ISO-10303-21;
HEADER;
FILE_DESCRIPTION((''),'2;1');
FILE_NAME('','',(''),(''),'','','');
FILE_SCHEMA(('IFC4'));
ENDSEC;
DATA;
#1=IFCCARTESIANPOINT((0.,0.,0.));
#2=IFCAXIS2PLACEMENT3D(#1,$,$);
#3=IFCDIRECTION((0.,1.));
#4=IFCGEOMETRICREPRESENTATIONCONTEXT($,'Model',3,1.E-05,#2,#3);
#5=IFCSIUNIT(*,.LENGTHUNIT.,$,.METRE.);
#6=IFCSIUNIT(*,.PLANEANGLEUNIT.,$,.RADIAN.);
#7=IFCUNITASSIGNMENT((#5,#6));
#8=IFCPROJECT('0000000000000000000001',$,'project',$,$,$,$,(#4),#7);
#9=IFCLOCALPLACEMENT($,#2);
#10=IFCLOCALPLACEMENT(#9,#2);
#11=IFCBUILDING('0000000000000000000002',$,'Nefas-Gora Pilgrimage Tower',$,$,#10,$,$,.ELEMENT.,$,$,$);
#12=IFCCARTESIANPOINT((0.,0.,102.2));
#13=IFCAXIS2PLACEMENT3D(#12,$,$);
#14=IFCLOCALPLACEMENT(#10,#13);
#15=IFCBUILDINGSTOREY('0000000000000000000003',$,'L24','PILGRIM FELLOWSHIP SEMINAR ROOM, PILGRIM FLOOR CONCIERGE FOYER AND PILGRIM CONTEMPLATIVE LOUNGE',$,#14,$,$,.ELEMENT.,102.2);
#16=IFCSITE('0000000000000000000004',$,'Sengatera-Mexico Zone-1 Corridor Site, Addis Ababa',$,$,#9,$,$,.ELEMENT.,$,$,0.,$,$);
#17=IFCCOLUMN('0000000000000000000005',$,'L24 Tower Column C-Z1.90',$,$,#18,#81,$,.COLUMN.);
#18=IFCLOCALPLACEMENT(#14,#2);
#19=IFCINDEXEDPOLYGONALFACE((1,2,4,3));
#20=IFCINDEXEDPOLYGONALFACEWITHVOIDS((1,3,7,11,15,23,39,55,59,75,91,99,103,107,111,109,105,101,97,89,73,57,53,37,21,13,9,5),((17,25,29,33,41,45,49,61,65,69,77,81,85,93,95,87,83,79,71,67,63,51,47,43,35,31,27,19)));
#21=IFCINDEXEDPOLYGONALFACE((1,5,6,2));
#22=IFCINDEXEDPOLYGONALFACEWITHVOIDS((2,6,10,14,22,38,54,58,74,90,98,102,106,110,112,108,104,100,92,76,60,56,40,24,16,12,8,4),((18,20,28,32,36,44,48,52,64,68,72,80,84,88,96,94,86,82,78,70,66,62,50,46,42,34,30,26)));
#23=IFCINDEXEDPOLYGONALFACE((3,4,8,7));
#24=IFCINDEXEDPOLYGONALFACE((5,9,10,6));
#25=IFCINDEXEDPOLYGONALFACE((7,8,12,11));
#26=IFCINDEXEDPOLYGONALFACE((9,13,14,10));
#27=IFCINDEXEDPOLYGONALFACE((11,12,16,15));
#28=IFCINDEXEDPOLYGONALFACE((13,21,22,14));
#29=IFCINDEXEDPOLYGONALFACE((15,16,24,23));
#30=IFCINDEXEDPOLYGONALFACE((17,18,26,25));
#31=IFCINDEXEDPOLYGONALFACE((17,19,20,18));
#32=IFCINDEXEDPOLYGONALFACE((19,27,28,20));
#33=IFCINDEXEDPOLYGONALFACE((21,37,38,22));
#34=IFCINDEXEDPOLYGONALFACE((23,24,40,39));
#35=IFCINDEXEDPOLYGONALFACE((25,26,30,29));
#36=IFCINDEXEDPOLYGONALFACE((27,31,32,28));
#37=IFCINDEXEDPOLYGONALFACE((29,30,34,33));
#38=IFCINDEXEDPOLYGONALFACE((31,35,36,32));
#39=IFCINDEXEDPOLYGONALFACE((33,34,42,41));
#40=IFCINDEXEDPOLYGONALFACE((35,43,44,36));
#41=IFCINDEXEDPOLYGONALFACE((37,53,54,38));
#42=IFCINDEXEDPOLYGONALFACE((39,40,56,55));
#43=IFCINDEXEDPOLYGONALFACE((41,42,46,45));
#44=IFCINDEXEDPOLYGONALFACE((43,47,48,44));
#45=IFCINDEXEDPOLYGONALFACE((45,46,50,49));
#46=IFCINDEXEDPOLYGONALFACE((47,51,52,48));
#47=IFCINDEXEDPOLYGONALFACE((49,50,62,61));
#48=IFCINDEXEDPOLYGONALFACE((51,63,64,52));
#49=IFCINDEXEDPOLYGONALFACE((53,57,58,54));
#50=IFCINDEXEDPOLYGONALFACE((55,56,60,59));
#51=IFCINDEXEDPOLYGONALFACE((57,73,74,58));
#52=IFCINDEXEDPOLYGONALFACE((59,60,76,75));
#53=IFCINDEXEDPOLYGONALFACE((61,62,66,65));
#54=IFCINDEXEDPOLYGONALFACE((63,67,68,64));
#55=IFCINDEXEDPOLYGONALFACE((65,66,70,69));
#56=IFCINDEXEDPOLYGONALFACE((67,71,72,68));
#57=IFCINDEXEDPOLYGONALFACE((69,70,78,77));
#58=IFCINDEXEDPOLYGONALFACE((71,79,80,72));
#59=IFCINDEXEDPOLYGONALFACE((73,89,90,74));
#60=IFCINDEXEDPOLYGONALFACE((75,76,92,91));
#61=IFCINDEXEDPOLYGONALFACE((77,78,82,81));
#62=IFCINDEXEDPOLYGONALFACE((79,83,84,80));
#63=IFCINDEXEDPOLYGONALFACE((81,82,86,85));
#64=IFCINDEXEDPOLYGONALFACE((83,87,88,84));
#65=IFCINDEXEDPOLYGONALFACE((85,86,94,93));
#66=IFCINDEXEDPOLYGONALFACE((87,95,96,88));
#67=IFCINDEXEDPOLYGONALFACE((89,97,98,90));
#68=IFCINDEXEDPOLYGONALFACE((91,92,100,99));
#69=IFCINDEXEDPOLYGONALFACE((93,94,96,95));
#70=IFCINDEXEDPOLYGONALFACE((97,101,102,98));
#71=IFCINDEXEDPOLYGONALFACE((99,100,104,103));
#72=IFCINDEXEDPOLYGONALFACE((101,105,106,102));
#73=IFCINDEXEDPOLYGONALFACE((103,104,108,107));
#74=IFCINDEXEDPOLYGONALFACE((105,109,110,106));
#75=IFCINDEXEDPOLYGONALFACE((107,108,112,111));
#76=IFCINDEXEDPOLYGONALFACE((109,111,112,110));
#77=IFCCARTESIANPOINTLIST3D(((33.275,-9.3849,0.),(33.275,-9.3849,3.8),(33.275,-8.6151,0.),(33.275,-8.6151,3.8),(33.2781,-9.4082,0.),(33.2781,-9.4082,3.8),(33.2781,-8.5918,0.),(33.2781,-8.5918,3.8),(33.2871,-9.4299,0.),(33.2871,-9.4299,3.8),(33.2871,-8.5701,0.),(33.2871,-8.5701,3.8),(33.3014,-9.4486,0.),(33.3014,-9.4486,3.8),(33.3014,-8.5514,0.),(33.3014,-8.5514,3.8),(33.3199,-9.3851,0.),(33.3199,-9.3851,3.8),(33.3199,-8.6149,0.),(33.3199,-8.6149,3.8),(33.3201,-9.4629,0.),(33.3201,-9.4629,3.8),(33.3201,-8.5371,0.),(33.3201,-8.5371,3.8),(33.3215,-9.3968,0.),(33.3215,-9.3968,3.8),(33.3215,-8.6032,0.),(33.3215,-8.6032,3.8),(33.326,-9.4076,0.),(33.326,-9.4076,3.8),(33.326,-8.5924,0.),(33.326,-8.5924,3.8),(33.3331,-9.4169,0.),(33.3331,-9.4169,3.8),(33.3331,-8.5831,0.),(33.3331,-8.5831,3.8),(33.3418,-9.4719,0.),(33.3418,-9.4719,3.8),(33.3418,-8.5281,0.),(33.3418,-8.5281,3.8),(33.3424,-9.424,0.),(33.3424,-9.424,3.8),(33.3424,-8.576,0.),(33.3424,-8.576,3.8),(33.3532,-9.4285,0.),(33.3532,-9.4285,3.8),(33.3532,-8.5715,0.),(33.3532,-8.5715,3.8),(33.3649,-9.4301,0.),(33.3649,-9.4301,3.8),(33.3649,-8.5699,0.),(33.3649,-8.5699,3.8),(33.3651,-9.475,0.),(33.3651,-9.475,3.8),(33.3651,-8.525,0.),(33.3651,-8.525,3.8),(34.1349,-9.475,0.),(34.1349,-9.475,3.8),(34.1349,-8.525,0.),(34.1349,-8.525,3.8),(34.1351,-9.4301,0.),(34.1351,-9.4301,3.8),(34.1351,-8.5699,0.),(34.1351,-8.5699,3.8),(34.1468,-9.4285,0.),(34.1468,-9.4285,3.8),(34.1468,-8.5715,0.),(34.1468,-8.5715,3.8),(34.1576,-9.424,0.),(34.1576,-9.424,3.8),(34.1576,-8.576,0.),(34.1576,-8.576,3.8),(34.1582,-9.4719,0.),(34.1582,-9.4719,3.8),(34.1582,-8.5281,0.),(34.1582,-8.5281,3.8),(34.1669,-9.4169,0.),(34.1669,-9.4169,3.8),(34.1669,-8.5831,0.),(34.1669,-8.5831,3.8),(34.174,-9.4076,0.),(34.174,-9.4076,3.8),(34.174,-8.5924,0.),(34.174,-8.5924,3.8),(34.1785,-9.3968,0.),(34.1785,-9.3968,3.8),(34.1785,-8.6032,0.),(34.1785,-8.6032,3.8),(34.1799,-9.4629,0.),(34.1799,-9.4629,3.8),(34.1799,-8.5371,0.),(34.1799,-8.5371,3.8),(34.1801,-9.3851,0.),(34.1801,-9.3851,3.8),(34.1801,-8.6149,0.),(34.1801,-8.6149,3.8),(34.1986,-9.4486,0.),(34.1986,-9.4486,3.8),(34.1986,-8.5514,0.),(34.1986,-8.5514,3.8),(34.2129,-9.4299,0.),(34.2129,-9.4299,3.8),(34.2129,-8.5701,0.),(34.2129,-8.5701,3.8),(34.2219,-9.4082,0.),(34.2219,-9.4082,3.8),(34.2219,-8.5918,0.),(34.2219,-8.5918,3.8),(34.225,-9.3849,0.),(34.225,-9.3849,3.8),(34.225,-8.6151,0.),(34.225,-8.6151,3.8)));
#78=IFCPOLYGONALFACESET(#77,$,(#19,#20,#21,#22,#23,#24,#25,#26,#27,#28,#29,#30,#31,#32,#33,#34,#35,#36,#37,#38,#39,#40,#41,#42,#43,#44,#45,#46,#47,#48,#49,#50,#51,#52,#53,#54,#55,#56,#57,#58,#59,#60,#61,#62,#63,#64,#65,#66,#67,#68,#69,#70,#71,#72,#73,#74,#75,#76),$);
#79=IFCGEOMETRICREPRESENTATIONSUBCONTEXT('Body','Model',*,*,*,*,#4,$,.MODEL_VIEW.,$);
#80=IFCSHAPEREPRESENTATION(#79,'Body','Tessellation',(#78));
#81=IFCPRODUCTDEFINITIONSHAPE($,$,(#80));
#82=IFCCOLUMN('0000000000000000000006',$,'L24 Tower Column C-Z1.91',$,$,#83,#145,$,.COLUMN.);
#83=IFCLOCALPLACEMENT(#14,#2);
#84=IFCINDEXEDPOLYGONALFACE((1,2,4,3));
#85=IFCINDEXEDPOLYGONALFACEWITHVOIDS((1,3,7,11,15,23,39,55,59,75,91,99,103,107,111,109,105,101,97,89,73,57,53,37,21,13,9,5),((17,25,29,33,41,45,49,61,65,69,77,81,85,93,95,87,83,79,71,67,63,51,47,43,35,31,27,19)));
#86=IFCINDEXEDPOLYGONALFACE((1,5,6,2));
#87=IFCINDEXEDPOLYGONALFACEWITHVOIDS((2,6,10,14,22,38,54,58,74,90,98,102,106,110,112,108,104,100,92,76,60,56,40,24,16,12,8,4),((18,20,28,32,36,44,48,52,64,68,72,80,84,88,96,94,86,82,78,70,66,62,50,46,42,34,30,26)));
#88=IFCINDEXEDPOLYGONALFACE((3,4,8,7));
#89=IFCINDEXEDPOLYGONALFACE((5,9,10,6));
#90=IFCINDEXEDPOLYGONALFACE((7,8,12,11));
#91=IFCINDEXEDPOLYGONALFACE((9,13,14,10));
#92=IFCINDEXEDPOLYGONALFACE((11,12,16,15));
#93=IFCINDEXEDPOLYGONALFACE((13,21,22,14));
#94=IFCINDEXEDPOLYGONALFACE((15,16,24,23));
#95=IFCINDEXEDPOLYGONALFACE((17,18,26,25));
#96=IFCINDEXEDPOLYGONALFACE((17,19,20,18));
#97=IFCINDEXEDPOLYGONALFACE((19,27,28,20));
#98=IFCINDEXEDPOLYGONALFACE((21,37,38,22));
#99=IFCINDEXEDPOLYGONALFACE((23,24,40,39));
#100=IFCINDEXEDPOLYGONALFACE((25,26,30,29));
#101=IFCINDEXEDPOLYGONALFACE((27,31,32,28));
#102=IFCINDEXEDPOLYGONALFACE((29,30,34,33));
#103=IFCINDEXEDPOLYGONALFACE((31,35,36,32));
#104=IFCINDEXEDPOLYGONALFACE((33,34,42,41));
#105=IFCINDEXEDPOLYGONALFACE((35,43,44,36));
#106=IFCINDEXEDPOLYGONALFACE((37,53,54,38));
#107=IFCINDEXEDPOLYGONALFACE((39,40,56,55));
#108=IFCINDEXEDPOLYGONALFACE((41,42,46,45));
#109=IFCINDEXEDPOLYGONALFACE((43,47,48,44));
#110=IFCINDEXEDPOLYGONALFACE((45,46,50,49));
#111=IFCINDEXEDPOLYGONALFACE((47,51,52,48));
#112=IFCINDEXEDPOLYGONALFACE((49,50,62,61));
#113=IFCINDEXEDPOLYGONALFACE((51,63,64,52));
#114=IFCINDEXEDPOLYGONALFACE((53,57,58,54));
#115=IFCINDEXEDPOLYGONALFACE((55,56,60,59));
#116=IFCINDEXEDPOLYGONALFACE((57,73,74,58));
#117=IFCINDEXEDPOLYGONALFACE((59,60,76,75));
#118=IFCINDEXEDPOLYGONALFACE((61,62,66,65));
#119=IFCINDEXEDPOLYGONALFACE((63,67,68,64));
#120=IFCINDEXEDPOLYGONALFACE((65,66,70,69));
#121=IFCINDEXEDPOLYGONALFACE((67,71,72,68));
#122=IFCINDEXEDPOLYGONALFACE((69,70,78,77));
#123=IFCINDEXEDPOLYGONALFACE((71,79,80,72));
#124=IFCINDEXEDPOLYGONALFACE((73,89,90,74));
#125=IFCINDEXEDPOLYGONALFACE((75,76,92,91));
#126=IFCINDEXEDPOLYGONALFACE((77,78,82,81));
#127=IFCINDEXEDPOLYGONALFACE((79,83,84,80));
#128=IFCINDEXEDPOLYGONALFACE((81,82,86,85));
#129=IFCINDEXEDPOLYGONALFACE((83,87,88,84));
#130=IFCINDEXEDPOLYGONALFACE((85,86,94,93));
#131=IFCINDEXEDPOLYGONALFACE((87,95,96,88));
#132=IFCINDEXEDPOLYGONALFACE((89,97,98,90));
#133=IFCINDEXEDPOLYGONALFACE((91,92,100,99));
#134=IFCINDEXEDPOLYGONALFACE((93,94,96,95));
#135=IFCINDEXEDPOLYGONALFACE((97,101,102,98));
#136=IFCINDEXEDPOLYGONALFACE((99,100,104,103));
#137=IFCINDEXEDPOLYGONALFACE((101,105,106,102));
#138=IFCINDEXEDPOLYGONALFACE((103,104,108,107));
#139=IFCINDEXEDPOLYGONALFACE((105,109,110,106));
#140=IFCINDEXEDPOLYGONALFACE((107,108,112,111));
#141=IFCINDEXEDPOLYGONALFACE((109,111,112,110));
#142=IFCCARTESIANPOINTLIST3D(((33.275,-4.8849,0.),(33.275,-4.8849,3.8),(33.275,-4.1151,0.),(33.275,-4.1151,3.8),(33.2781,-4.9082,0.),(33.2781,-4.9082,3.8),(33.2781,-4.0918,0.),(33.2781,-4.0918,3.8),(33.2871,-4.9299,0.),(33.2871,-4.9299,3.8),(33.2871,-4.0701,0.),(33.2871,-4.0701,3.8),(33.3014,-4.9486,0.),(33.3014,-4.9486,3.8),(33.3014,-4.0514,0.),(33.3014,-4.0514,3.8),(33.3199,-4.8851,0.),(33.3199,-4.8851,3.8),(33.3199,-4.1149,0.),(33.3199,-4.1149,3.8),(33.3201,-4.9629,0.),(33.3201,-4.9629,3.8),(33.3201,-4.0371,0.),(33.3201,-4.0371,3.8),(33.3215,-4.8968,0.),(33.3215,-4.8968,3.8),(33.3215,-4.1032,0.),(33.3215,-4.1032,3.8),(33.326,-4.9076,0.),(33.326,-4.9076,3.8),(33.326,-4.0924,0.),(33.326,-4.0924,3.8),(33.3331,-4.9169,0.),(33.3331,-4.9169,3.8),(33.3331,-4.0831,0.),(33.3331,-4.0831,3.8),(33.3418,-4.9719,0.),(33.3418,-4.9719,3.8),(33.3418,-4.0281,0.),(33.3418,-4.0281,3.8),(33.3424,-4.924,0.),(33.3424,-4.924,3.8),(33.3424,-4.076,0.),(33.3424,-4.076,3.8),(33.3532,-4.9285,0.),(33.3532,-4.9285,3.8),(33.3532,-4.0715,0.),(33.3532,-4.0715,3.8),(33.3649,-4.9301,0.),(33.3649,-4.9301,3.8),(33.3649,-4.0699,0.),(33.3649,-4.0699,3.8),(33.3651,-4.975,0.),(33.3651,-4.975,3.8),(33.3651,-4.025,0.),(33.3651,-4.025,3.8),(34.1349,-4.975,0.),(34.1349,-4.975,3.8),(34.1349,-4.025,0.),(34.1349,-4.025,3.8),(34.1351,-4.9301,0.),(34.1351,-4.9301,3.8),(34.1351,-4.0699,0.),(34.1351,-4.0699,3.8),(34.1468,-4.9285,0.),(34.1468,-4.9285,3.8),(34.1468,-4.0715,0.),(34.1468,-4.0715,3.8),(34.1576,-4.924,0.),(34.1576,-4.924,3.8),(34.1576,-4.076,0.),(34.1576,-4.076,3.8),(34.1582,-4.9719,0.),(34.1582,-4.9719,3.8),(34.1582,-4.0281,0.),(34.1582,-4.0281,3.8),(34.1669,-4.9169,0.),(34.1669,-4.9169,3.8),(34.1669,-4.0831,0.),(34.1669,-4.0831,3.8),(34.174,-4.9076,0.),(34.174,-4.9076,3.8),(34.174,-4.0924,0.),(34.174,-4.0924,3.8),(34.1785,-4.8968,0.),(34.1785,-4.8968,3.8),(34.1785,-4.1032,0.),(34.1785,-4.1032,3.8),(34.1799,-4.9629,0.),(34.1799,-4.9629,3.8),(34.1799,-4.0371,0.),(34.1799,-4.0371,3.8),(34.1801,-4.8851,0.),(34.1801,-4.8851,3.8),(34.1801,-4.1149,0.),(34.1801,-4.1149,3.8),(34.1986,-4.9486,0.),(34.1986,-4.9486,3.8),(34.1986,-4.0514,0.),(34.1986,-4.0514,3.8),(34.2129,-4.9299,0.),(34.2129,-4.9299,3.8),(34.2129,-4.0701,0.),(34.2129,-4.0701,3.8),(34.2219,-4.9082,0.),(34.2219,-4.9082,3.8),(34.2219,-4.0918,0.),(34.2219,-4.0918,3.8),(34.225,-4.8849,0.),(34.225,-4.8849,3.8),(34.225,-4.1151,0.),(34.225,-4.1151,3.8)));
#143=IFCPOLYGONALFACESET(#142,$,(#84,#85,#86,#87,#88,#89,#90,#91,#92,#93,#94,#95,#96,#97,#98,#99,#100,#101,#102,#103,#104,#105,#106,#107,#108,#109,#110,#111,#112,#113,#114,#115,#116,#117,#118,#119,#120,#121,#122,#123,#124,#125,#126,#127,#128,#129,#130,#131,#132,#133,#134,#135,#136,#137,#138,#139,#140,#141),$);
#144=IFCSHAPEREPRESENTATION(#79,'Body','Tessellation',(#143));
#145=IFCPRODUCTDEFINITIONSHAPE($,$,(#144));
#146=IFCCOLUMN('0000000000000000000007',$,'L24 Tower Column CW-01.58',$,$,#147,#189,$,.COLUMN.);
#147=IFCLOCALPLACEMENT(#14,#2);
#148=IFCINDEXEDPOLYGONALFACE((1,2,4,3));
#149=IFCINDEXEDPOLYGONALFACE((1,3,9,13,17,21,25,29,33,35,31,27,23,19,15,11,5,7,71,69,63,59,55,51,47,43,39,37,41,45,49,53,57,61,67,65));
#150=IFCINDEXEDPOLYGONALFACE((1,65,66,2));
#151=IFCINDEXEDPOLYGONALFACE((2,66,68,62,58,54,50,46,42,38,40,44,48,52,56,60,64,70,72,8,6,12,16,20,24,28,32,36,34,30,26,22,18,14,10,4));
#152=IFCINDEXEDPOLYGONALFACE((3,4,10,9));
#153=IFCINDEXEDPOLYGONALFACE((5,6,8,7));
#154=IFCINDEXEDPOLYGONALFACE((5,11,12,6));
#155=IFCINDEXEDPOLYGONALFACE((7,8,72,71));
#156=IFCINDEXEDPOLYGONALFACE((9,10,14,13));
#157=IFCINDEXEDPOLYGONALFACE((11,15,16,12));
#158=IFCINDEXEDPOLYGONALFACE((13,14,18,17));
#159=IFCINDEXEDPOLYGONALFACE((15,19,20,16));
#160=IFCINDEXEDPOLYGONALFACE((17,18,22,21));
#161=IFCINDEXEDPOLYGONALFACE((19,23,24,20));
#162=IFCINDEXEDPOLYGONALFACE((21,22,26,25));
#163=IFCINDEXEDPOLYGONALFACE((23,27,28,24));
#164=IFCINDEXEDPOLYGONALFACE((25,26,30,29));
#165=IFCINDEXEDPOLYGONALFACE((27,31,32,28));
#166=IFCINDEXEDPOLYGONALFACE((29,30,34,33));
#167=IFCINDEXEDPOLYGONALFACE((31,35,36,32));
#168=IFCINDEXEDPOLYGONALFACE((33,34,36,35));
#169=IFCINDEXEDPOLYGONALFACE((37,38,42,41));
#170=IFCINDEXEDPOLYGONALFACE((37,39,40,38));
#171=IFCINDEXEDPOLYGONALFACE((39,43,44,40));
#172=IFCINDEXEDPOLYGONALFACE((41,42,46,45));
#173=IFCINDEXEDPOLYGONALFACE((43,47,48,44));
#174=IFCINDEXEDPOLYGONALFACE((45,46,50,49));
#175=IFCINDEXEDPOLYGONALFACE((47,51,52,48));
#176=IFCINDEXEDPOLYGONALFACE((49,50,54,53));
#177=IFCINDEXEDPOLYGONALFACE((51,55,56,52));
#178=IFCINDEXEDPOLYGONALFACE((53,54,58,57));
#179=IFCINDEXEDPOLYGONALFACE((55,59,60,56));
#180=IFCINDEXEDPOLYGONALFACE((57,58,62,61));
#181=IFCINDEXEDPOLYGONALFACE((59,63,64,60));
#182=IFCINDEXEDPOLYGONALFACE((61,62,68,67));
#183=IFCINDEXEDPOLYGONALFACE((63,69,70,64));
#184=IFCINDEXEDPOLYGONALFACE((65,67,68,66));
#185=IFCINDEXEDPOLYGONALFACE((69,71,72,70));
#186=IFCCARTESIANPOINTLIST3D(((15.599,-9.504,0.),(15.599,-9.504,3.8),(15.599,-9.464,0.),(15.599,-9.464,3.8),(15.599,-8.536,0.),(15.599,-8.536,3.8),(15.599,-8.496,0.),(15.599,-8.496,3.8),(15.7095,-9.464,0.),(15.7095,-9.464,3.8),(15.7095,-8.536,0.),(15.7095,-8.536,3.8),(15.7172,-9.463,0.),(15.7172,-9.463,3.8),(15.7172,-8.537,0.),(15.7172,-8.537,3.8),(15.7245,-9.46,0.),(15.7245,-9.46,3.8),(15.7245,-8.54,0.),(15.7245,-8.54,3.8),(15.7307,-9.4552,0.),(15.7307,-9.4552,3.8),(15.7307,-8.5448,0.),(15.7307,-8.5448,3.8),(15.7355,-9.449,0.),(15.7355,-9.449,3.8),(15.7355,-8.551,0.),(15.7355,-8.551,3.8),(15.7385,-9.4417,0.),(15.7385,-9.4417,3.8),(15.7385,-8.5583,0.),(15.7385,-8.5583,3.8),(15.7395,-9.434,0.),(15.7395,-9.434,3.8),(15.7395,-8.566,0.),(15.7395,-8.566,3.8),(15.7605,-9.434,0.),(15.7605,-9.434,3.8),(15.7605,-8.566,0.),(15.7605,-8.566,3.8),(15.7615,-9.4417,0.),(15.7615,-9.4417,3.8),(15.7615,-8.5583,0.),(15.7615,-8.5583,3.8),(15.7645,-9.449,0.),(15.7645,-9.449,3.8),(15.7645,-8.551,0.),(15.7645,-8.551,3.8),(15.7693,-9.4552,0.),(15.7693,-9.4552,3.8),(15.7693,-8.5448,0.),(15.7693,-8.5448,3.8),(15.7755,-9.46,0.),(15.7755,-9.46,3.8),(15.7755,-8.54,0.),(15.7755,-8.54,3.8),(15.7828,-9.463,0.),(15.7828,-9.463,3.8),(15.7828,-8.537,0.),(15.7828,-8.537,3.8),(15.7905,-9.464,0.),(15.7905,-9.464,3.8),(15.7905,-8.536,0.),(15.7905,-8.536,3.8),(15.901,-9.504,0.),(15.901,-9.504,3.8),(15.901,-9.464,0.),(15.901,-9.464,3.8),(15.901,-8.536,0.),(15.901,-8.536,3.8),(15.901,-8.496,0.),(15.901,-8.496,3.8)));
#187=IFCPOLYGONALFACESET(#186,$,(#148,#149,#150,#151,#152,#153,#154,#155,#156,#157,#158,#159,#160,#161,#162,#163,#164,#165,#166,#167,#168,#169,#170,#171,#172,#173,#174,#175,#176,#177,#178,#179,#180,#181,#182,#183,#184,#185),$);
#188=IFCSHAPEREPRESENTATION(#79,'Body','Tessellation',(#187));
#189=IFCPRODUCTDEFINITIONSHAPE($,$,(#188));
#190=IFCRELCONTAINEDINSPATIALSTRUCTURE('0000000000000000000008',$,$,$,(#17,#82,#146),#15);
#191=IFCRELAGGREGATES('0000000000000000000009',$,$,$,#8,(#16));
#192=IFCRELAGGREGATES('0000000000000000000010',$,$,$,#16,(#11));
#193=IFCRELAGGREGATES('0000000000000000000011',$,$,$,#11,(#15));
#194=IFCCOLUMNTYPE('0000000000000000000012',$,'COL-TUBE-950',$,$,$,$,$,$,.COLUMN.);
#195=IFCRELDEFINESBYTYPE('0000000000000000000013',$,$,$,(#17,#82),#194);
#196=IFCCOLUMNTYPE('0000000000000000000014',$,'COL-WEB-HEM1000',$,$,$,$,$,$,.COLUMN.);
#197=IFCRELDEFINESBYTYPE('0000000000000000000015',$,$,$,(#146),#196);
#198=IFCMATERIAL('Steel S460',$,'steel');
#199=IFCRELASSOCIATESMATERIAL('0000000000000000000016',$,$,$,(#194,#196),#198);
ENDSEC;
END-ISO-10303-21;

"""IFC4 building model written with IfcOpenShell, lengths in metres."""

from ifc_helpers import new_model, si_unit, direction, frame, origin, origin_2d, place, context, subcontext, project, spatial, hollow_rectangle, i_section, extrude, source, transform, mapped, material, material_profile, profile_set, type_object, element, save


model = new_model("IFC4")

# Units and contexts
model_context = context("Model", 3, precision=1e-05, world=origin(), true_north=direction((0.0, 1.0)))
body_context = subcontext(model_context, "Body", "Model", "MODEL_VIEW")
ifc_project = project(units=[si_unit("LENGTHUNIT", "METRE"), si_unit("PLANEANGLEUNIT", "RADIAN")], contexts=[model_context])

# Site, building, storey
site_placement = place(None, origin())
site = spatial("IfcSite", under=ifc_project, at=site_placement, Name="Sengatera-Mexico Zone-1 Corridor Site, Addis Ababa", CompositionType="ELEMENT", RefElevation=0.0)
building_placement = place(site_placement, origin())
building = spatial("IfcBuilding", under=site, at=building_placement, Name="Nefas-Gora Pilgrimage Tower", CompositionType="ELEMENT")
storey_placement = place(building_placement, frame((0.0, 0.0, 102.2)))
storey = spatial("IfcBuildingStorey", under=building, at=storey_placement, Name="L24", Description="PILGRIM FELLOWSHIP SEMINAR ROOM, PILGRIM FLOOR CONCIERGE FOYER AND PILGRIM CONTEMPLATIVE LOUNGE", CompositionType="ELEMENT", Elevation=102.2)

# Columns
ifc_material_1 = material(Name="Steel S460", Category="steel")
ifc_material_profile_1 = material_profile(ifc_material_1, hollow_rectangle(XDim=0.95, YDim=0.95, WallThickness=0.0449, InnerFilletRadius=0.0449, OuterFilletRadius=0.0901, at=origin_2d()), Name="BOX 950x950x45")
ifc_profile_set_1 = profile_set([ifc_material_profile_1], Name="Steel S460")
column_type_1 = type_object("IfcColumnType", Name="COL-TUBE-950", PredefinedType="COLUMN", material=ifc_profile_set_1)
shared_shape_1 = source(origin(), body_context, "Body", "SweptSolid", [
    extrude(hollow_rectangle(XDim=0.95, YDim=0.95, WallThickness=0.0449, InnerFilletRadius=0.0449, OuterFilletRadius=0.0901, at=origin_2d()), origin(), (0.0, 0.0, 1.0), 3.8),
])
for number, where, z_axis, x_axis, name in (
    (1, (33.75, -9.0, 0.0), (0.0, 0.0, 1.0), (1.0, 0.0, 0.0), "L24 Tower Column C-Z1.90"),
    (2, (33.75, -4.5, 0.0), (0.0, 0.0, 1.0), (1.0, 0.0, 0.0), "L24 Tower Column C-Z1.91"),
):
    element("IfcColumn", number, at=place(storey_placement, frame(where, z_axis=z_axis, x_axis=x_axis)), inside=storey, type_object=column_type_1, Name=name, PredefinedType="COLUMN", context=body_context, shape_type="MappedRepresentation", body=[
        mapped(shared_shape_1, transform((0.0, 0.0, 0.0), x_axis=(1.0, 0.0, 0.0), y_axis=(0.0, 1.0, 0.0), z_axis=(0.0, 0.0, 1.0), scale=1.0)),
    ])
ifc_material_profile_2 = material_profile(ifc_material_1, i_section(OverallWidth=0.302, OverallDepth=1.0081, WebThickness=0.021, FlangeThickness=0.04, FilletRadius=0.03, at=origin_2d()), Name="HEM 1000")
ifc_profile_set_2 = profile_set([ifc_material_profile_2], Name="Steel S460")
column_type_2 = type_object("IfcColumnType", Name="COL-WEB-HEM1000", PredefinedType="COLUMN", material=ifc_profile_set_2)
shared_shape_2 = source(origin(), body_context, "Body", "SweptSolid", [
    extrude(i_section(OverallWidth=0.302, OverallDepth=1.0081, WebThickness=0.021, FlangeThickness=0.04, FilletRadius=0.03, at=origin_2d()), origin(), (0.0, 0.0, 1.0), 3.8),
])
for number, where, z_axis, x_axis, name in (
    (3, (15.75, -9.0, 0.0), (0.0, 0.0, 1.0), (1.0, 0.0, 0.0), "L24 Tower Column CW-01.58"),
):
    element("IfcColumn", number, at=place(storey_placement, frame(where, z_axis=z_axis, x_axis=x_axis)), inside=storey, type_object=column_type_2, Name=name, PredefinedType="COLUMN", context=body_context, shape_type="MappedRepresentation", body=[
        mapped(shared_shape_2, transform((0.0, 0.0, 0.0), x_axis=(1.0, 0.0, 0.0), y_axis=(0.0, 1.0, 0.0), z_axis=(0.0, 0.0, 1.0), scale=1.0)),
    ])

save(model, "model.ifc")
